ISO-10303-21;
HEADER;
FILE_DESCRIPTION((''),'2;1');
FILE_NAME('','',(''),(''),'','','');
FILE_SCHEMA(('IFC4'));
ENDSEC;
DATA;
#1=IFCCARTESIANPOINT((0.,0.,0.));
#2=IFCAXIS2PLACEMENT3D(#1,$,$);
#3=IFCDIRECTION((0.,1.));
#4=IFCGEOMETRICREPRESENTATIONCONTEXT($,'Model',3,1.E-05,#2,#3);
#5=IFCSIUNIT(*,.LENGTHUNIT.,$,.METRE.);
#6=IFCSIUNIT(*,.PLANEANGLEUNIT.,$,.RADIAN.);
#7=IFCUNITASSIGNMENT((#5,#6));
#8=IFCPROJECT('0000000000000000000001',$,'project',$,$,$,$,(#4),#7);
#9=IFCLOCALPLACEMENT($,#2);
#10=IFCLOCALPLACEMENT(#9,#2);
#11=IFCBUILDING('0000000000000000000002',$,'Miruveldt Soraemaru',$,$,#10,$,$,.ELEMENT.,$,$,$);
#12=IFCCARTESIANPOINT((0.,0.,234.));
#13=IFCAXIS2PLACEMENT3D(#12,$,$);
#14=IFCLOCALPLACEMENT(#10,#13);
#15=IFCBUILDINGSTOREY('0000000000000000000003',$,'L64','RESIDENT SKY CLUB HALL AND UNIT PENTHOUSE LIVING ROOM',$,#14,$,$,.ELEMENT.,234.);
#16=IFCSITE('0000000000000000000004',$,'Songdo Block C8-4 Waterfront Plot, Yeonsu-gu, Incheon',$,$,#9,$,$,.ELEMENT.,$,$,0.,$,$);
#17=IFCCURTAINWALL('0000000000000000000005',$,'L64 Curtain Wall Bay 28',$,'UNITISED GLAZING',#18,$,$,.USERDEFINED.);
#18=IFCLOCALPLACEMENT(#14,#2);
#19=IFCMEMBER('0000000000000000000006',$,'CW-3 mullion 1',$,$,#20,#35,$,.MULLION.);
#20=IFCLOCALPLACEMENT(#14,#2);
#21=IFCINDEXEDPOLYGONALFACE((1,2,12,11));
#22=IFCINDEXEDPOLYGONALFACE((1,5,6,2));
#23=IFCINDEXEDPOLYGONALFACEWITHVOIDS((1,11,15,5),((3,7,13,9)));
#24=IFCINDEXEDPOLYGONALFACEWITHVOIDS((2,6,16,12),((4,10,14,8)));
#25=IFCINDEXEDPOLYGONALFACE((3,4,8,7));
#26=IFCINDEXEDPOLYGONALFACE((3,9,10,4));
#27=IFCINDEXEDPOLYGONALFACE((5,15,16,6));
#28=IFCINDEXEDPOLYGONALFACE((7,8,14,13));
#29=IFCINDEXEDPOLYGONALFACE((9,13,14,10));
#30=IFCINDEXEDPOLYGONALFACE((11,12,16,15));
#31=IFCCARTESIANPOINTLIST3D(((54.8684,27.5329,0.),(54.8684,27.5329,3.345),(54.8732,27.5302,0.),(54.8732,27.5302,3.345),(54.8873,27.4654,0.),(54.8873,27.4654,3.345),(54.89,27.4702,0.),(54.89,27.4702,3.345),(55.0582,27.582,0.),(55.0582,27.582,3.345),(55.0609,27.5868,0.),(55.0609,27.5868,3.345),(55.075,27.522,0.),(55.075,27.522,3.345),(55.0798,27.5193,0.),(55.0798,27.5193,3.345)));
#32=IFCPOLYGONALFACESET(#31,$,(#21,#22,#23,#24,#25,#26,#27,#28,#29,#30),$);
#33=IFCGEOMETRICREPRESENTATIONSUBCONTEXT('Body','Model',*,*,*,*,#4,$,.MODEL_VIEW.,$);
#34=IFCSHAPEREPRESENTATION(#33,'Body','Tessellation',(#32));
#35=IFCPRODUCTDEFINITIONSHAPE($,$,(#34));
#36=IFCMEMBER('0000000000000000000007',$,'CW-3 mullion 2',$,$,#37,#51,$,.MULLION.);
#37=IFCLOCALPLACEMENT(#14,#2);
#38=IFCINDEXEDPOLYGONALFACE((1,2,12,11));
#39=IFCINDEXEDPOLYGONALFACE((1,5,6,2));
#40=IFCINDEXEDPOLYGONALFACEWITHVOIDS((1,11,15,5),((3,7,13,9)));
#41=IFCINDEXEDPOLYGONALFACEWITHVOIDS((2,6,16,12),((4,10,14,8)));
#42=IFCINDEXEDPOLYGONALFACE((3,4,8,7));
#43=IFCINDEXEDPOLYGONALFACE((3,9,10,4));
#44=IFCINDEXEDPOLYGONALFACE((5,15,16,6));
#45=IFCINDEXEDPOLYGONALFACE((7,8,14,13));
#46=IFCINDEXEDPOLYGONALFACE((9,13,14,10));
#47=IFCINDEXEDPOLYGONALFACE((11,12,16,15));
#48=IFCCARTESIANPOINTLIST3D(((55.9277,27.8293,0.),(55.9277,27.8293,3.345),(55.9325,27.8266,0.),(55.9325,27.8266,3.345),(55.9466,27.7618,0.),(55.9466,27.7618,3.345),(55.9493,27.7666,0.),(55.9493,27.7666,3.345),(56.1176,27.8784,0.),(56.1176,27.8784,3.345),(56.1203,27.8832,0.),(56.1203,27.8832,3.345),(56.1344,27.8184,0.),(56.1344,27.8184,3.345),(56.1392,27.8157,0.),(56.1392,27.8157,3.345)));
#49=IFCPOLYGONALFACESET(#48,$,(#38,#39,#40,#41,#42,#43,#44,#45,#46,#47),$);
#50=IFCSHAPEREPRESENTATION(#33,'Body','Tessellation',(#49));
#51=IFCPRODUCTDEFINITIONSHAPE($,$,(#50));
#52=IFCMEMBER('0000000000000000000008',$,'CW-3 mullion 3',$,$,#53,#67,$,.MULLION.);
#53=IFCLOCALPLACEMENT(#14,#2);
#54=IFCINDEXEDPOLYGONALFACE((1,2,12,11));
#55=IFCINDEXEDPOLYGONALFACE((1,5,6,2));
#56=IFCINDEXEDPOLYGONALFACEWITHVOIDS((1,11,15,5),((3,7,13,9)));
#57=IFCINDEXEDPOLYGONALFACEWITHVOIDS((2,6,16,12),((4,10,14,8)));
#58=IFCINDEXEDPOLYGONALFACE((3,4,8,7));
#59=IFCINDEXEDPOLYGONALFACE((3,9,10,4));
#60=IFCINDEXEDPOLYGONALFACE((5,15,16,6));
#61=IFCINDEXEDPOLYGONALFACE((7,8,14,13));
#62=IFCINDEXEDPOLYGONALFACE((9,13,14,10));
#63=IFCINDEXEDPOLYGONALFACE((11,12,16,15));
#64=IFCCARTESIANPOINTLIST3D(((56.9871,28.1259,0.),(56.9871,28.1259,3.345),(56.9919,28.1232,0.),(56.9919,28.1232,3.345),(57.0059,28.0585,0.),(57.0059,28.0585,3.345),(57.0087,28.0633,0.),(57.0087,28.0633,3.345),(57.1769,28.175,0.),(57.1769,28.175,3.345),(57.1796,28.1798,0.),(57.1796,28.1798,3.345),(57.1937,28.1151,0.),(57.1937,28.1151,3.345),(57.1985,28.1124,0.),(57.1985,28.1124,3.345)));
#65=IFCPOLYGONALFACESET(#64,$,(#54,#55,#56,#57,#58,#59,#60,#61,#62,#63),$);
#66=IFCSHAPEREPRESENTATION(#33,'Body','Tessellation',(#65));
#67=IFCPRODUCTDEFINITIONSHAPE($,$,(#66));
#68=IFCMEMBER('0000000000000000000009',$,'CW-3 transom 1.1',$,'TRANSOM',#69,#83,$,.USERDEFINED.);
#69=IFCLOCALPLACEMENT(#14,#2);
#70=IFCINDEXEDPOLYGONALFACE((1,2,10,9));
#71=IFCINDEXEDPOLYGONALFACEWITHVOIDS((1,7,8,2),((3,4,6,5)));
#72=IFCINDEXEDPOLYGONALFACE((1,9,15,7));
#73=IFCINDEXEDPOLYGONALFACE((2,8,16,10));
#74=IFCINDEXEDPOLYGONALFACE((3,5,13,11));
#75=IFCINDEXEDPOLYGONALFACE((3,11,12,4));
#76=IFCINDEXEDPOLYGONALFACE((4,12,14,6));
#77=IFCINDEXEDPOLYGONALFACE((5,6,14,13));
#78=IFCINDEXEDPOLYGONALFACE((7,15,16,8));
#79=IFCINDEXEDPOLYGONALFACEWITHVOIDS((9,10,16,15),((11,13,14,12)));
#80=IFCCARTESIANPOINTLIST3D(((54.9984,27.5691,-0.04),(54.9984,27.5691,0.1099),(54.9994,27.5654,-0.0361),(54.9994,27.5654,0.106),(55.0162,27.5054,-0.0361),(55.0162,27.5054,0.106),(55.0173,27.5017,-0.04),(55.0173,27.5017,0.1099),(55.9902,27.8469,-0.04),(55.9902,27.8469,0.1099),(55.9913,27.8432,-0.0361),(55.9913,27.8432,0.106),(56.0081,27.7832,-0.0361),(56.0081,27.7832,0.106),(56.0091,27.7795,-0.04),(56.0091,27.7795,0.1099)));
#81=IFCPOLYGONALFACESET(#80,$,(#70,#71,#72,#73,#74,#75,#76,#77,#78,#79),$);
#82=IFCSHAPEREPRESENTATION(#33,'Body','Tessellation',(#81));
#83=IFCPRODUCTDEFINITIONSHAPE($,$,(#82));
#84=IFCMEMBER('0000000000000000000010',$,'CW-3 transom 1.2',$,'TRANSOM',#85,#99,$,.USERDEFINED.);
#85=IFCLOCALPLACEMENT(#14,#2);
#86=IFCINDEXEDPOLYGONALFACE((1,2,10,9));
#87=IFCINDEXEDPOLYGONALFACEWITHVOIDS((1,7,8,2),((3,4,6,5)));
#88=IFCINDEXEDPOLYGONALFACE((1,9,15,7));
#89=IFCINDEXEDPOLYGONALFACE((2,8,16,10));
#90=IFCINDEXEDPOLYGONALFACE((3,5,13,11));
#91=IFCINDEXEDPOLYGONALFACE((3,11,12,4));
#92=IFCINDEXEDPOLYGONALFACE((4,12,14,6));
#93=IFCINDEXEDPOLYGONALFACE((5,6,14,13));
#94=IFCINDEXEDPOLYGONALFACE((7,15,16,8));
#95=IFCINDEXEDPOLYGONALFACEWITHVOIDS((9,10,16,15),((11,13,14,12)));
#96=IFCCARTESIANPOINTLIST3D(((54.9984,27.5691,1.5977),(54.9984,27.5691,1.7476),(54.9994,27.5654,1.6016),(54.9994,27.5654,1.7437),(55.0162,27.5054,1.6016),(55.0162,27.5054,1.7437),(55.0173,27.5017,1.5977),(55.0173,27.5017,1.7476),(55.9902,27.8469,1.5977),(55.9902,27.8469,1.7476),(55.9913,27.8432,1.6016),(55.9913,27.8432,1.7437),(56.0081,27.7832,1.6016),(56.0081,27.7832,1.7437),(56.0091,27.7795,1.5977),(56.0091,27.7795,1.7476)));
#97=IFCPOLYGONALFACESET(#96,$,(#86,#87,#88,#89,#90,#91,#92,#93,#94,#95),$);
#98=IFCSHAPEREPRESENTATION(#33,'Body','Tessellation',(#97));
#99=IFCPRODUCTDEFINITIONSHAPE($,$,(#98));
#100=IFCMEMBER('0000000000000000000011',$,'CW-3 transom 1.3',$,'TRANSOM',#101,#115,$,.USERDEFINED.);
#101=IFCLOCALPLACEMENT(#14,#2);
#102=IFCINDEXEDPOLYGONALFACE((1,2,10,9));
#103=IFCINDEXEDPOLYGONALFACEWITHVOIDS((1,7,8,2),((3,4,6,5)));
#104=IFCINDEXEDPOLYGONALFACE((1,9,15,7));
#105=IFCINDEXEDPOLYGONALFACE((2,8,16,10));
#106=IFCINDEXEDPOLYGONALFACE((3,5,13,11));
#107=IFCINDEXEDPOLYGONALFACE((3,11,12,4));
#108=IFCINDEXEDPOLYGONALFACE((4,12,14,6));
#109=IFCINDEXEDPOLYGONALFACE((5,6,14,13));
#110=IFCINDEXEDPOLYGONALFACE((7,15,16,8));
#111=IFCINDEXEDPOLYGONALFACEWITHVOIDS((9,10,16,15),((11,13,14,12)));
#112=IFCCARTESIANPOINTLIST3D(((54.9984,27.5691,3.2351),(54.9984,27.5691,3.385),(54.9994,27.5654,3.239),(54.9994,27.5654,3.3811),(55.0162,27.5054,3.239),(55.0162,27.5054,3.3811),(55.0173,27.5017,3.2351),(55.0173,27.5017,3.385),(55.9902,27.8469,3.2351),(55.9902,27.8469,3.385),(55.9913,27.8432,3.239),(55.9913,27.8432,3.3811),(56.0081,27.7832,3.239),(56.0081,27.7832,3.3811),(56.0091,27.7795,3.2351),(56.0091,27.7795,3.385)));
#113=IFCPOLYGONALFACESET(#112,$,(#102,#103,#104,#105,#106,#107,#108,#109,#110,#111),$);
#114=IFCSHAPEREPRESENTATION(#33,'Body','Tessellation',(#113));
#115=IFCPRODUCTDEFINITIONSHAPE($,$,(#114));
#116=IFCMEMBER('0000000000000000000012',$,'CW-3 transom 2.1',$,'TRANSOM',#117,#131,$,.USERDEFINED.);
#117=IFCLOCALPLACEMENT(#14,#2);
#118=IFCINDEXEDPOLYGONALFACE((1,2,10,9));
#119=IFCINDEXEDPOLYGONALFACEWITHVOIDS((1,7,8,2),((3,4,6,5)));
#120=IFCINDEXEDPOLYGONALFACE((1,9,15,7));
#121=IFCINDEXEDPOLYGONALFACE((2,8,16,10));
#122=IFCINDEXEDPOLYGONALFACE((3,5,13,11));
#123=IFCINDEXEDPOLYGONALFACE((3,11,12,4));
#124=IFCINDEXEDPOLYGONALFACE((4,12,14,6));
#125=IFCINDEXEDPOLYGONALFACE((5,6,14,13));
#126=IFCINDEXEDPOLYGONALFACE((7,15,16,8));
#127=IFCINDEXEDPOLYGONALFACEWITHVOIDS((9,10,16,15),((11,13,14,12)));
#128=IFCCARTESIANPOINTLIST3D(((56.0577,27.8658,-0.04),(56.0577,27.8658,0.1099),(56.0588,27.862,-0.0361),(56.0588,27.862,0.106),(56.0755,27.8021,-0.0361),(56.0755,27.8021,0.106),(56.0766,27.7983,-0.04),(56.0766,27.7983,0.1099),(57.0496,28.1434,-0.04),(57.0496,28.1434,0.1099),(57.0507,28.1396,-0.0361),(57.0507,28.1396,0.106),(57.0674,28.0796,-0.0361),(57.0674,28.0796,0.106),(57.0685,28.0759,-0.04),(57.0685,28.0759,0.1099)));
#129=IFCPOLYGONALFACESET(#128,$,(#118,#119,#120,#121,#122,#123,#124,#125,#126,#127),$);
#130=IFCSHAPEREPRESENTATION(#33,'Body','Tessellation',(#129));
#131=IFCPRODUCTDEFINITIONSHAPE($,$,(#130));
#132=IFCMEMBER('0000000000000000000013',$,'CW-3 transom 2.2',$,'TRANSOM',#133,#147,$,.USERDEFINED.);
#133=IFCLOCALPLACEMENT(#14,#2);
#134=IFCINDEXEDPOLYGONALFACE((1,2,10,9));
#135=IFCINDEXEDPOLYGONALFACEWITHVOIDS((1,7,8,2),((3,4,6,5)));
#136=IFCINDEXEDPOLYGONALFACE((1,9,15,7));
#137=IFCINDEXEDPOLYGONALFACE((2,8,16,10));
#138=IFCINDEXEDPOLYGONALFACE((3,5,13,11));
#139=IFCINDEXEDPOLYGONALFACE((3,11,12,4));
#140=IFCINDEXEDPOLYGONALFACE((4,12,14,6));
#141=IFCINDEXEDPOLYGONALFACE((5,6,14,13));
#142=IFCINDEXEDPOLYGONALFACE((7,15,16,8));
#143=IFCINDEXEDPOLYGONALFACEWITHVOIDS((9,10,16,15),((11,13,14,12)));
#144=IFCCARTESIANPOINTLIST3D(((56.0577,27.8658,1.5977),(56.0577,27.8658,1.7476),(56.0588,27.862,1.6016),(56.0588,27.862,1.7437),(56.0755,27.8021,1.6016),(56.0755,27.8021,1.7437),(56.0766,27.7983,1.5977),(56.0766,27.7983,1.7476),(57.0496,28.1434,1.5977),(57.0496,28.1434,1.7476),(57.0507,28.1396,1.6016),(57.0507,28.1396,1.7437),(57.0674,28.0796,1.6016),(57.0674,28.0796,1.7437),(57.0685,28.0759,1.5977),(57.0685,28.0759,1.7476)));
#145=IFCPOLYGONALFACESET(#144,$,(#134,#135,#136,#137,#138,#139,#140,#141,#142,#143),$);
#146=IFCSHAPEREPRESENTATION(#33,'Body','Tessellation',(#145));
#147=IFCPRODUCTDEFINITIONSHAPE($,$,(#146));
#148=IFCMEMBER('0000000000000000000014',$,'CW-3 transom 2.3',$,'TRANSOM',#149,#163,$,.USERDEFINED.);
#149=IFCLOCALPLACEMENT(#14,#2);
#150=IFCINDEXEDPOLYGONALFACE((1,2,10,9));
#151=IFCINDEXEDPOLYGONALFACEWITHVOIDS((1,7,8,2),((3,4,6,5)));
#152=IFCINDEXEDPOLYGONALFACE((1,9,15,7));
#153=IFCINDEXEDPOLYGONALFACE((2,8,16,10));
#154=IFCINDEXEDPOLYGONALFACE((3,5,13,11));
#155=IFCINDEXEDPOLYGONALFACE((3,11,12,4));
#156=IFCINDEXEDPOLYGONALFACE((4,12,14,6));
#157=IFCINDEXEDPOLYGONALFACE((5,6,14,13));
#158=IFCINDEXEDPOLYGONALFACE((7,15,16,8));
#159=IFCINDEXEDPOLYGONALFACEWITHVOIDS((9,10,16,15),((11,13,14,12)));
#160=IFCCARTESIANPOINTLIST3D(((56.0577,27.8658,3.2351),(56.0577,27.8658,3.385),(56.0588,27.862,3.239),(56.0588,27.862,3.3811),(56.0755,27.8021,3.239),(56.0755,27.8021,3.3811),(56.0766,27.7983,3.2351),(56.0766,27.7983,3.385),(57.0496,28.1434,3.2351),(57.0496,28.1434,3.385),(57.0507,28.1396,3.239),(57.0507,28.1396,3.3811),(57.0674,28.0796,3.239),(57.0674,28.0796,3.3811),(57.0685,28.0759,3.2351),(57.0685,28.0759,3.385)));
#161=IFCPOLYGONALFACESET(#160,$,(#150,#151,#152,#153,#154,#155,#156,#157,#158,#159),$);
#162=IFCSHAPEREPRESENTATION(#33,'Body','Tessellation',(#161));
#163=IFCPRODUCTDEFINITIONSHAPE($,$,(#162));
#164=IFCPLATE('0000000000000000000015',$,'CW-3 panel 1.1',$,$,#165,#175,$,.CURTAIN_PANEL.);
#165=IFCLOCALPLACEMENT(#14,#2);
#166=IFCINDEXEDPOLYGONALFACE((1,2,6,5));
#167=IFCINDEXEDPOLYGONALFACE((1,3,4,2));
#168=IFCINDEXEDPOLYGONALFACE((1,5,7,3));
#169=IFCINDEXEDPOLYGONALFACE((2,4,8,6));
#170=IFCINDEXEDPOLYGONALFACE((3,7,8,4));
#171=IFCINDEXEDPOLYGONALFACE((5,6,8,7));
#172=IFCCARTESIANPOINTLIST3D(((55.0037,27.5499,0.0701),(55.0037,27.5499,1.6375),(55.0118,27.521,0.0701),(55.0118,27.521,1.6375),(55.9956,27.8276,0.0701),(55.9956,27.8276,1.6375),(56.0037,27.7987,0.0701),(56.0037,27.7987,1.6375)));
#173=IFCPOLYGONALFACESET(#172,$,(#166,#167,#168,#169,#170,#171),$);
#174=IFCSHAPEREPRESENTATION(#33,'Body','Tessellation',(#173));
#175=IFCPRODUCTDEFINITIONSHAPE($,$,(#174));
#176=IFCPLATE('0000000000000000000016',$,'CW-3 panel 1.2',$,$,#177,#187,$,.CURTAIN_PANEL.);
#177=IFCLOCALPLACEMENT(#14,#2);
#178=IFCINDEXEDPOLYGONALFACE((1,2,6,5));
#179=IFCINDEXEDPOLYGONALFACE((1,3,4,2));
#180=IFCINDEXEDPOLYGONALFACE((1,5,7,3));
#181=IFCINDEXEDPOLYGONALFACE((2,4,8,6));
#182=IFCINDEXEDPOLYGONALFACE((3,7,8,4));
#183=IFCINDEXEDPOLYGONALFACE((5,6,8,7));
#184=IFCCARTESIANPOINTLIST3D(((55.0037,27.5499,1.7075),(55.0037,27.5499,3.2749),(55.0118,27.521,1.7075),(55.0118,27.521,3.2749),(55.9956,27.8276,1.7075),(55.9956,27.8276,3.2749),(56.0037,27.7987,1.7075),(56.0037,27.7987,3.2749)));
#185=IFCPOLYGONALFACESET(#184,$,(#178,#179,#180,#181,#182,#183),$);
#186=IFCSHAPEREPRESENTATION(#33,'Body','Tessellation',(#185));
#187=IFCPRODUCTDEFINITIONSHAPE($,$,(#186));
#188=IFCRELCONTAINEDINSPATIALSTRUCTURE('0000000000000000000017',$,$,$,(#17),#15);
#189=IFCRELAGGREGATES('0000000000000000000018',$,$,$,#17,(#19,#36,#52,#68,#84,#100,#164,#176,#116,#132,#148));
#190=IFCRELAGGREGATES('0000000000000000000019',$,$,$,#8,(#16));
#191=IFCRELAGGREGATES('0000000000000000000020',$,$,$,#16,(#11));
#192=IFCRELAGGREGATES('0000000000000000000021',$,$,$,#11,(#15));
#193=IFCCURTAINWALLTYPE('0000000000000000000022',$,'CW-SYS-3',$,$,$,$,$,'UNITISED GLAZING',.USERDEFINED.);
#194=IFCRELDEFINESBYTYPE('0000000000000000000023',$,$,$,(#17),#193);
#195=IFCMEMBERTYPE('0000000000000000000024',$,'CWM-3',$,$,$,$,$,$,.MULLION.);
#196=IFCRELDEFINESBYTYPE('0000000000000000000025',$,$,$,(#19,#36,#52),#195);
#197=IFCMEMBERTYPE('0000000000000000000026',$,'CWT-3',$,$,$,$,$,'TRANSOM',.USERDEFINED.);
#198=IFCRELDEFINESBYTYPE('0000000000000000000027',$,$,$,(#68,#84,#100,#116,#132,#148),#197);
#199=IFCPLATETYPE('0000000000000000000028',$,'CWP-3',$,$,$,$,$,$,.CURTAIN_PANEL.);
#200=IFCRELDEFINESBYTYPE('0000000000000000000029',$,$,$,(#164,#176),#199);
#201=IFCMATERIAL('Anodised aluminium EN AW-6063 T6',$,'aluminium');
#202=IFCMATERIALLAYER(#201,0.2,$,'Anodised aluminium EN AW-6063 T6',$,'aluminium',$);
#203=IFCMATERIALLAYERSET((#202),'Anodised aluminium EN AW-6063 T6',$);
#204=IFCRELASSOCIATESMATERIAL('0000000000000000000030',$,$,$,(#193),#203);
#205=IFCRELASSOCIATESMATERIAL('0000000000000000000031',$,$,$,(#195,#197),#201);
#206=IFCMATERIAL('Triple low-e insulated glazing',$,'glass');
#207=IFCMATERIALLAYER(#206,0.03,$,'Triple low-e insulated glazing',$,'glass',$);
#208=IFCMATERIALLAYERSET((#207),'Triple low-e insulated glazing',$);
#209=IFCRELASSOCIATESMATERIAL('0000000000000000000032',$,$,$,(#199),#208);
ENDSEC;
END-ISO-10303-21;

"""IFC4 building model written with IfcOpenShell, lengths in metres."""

from ifc_helpers import new_model, si_unit, direction, frame, origin, origin_2d, place, context, subcontext, project, spatial, rectangle, hollow_rectangle, extrude, material, layer, layer_set, material_profile, profile_set, type_object, element, aggregate, save


model = new_model("IFC4")

# Units and contexts
model_context = context("Model", 3, precision=1e-05, world=origin(), true_north=direction((0.0, 1.0)))
body_context = subcontext(model_context, "Body", "Model", "MODEL_VIEW")
ifc_project = project(units=[si_unit("LENGTHUNIT", "METRE"), si_unit("PLANEANGLEUNIT", "RADIAN")], contexts=[model_context])

# Site, building, storey
site_placement = place(None, origin())
site = spatial("IfcSite", under=ifc_project, at=site_placement, Name="Songdo Block C8-4 Waterfront Plot, Yeonsu-gu, Incheon", CompositionType="ELEMENT", RefElevation=0.0)
building_placement = place(site_placement, origin())
building = spatial("IfcBuilding", under=site, at=building_placement, Name="Miruveldt Soraemaru", CompositionType="ELEMENT")
storey_placement = place(building_placement, frame((0.0, 0.0, 234.0)))
storey = spatial("IfcBuildingStorey", under=building, at=storey_placement, Name="L64", Description="RESIDENT SKY CLUB HALL AND UNIT PENTHOUSE LIVING ROOM", CompositionType="ELEMENT", Elevation=234.0)

# Curtain wall, members, plates
ifc_material_1 = material(Name="Anodised aluminium EN AW-6063 T6", Category="aluminium")
ifc_layer_1 = layer(ifc_material_1, 0.2, Name="Anodised aluminium EN AW-6063 T6", Category="aluminium")
ifc_layer_set_1 = layer_set([ifc_layer_1], Name="Anodised aluminium EN AW-6063 T6")
curtain_wall_type = type_object("IfcCurtainWallType", Name="CW-SYS-3", ElementType="UNITISED GLAZING", PredefinedType="USERDEFINED", material=ifc_layer_set_1)
curtain_wall_placement = place(storey_placement, origin())
curtain_wall = element("IfcCurtainWall", 1, at=curtain_wall_placement, inside=storey, type_object=curtain_wall_type, Name="L64 Curtain Wall Bay 28", ObjectType="UNITISED GLAZING", PredefinedType="USERDEFINED")
ifc_material_profile_1 = material_profile(ifc_material_1, hollow_rectangle(XDim=0.0701, YDim=0.2, WallThickness=0.0039, at=origin_2d()), Name="Anodised aluminium EN AW-6063 T6", Category="aluminium")
ifc_profile_set_1 = profile_set([ifc_material_profile_1], Name="Anodised aluminium EN AW-6063 T6")
member_type_1 = type_object("IfcMemberType", Name="CWM-3", PredefinedType="MULLION", material=ifc_profile_set_1)
member_1_placement = place(storey_placement, frame((54.9741, 27.5261, 0.0), z_axis=(0.0, 0.0, 1.0), x_axis=(-0.269597, 0.962973, 0.0)))
member_1 = element("IfcMember", 2, at=member_1_placement, type_object=member_type_1, Name="CW-3 mullion 1", PredefinedType="MULLION", context=body_context, shape_type="SweptSolid", body=[
    extrude(hollow_rectangle(XDim=0.0701, YDim=0.2, WallThickness=0.0039, at=origin_2d()), origin(), (0.0, 0.0, 1.0), 3.345),
])
member_2_placement = place(storey_placement, frame((56.0334, 27.8225, 0.0), z_axis=(0.0, 0.0, 1.0), x_axis=(-0.269597, 0.962973, 0.0)))
member_2 = element("IfcMember", 3, at=member_2_placement, type_object=member_type_1, Name="CW-3 mullion 2", PredefinedType="MULLION", context=body_context, shape_type="SweptSolid", body=[
    extrude(hollow_rectangle(XDim=0.0701, YDim=0.2, WallThickness=0.0039, at=origin_2d()), origin(), (0.0, 0.0, 1.0), 3.345),
])
member_3_placement = place(storey_placement, frame((57.0928, 28.1191, 0.0), z_axis=(0.0, 0.0, 1.0), x_axis=(-0.269597, 0.962973, 0.0)))
member_3 = element("IfcMember", 4, at=member_3_placement, type_object=member_type_1, Name="CW-3 mullion 3", PredefinedType="MULLION", context=body_context, shape_type="SweptSolid", body=[
    extrude(hollow_rectangle(XDim=0.0701, YDim=0.2, WallThickness=0.0039, at=origin_2d()), origin(), (0.0, 0.0, 1.0), 3.345),
])
ifc_material_profile_2 = material_profile(ifc_material_1, hollow_rectangle(XDim=0.0701, YDim=0.1499, WallThickness=0.0039, at=origin_2d()), Name="Anodised aluminium EN AW-6063 T6", Category="aluminium")
ifc_profile_set_2 = profile_set([ifc_material_profile_2], Name="Anodised aluminium EN AW-6063 T6")
member_type_2 = type_object("IfcMemberType", Name="CWT-3", ElementType="TRANSOM", PredefinedType="USERDEFINED", material=ifc_profile_set_2)
member_4_placement = place(storey_placement, frame((55.0078, 27.5354, 0.0349), z_axis=(0.962942, 0.269709, 0.0), x_axis=(-0.269709, 0.962942, 0.0)))
member_4 = element("IfcMember", 5, at=member_4_placement, type_object=member_type_2, Name="CW-3 transom 1.1", ObjectType="TRANSOM", PredefinedType="USERDEFINED", context=body_context, shape_type="SweptSolid", body=[
    extrude(hollow_rectangle(XDim=0.0701, YDim=0.1499, WallThickness=0.0039, at=origin_2d()), origin(), (0.0, 0.0, 1.0), 1.03),
])
member_5_placement = place(storey_placement, frame((55.0078, 27.5354, 1.6726), z_axis=(0.962942, 0.269709, 0.0), x_axis=(-0.269709, 0.962942, 0.0)))
member_5 = element("IfcMember", 6, at=member_5_placement, type_object=member_type_2, Name="CW-3 transom 1.2", ObjectType="TRANSOM", PredefinedType="USERDEFINED", context=body_context, shape_type="SweptSolid", body=[
    extrude(hollow_rectangle(XDim=0.0701, YDim=0.1499, WallThickness=0.0039, at=origin_2d()), origin(), (0.0, 0.0, 1.0), 1.03),
])
member_6_placement = place(storey_placement, frame((55.0078, 27.5354, 3.3101), z_axis=(0.962942, 0.269709, 0.0), x_axis=(-0.269709, 0.962942, 0.0)))
member_6 = element("IfcMember", 7, at=member_6_placement, type_object=member_type_2, Name="CW-3 transom 1.3", ObjectType="TRANSOM", PredefinedType="USERDEFINED", context=body_context, shape_type="SweptSolid", body=[
    extrude(hollow_rectangle(XDim=0.0701, YDim=0.1499, WallThickness=0.0039, at=origin_2d()), origin(), (0.0, 0.0, 1.0), 1.03),
])
member_7_placement = place(storey_placement, frame((56.0671, 27.832, 0.0349), z_axis=(0.963003, 0.269489, 0.0), x_axis=(-0.269489, 0.963003, 0.0)))
member_7 = element("IfcMember", 8, at=member_7_placement, type_object=member_type_2, Name="CW-3 transom 2.1", ObjectType="TRANSOM", PredefinedType="USERDEFINED", context=body_context, shape_type="SweptSolid", body=[
    extrude(hollow_rectangle(XDim=0.0701, YDim=0.1499, WallThickness=0.0039, at=origin_2d()), origin(), (0.0, 0.0, 1.0), 1.03),
])
member_8_placement = place(storey_placement, frame((56.0671, 27.832, 1.6726), z_axis=(0.963003, 0.269489, 0.0), x_axis=(-0.269489, 0.963003, 0.0)))
member_8 = element("IfcMember", 9, at=member_8_placement, type_object=member_type_2, Name="CW-3 transom 2.2", ObjectType="TRANSOM", PredefinedType="USERDEFINED", context=body_context, shape_type="SweptSolid", body=[
    extrude(hollow_rectangle(XDim=0.0701, YDim=0.1499, WallThickness=0.0039, at=origin_2d()), origin(), (0.0, 0.0, 1.0), 1.03),
])
member_9_placement = place(storey_placement, frame((56.0671, 27.832, 3.3101), z_axis=(0.963003, 0.269489, 0.0), x_axis=(-0.269489, 0.963003, 0.0)))
member_9 = element("IfcMember", 10, at=member_9_placement, type_object=member_type_2, Name="CW-3 transom 2.3", ObjectType="TRANSOM", PredefinedType="USERDEFINED", context=body_context, shape_type="SweptSolid", body=[
    extrude(hollow_rectangle(XDim=0.0701, YDim=0.1499, WallThickness=0.0039, at=origin_2d()), origin(), (0.0, 0.0, 1.0), 1.03),
])
ifc_material_2 = material(Name="Triple low-e insulated glazing", Category="glass")
ifc_layer_2 = layer(ifc_material_2, 0.03, Name="Triple low-e insulated glazing", Category="glass")
ifc_layer_set_2 = layer_set([ifc_layer_2], Name="Triple low-e insulated glazing")
plate_type_1 = type_object("IfcPlateType", Name="CWP-3", PredefinedType="CURTAIN_PANEL", material=ifc_layer_set_2)
plate_1_placement = place(storey_placement, frame((55.5037, 27.6743, 0.0701), z_axis=(0.0, 0.0, 1.0), x_axis=(0.962973, 0.269597, 0.0)))
plate_1 = element("IfcPlate", 11, at=plate_1_placement, type_object=plate_type_1, Name="CW-3 panel 1.1", PredefinedType="CURTAIN_PANEL", context=body_context, shape_type="SweptSolid", body=[
    extrude(rectangle(XDim=1.03, YDim=0.03, at=origin_2d()), origin(), (0.0, 0.0, 1.0), 1.5674),
])
plate_2_placement = place(storey_placement, frame((55.5037, 27.6743, 1.7075), z_axis=(0.0, 0.0, 1.0), x_axis=(0.962973, 0.269597, 0.0)))
plate_2 = element("IfcPlate", 12, at=plate_2_placement, type_object=plate_type_1, Name="CW-3 panel 1.2", PredefinedType="CURTAIN_PANEL", context=body_context, shape_type="SweptSolid", body=[
    extrude(rectangle(XDim=1.03, YDim=0.03, at=origin_2d()), origin(), (0.0, 0.0, 1.0), 1.5674),
])
aggregate(curtain_wall, [member_1, member_2, member_3, member_4, member_5, member_6, plate_1, plate_2, member_7, member_8, member_9])

save(model, "model.ifc")
